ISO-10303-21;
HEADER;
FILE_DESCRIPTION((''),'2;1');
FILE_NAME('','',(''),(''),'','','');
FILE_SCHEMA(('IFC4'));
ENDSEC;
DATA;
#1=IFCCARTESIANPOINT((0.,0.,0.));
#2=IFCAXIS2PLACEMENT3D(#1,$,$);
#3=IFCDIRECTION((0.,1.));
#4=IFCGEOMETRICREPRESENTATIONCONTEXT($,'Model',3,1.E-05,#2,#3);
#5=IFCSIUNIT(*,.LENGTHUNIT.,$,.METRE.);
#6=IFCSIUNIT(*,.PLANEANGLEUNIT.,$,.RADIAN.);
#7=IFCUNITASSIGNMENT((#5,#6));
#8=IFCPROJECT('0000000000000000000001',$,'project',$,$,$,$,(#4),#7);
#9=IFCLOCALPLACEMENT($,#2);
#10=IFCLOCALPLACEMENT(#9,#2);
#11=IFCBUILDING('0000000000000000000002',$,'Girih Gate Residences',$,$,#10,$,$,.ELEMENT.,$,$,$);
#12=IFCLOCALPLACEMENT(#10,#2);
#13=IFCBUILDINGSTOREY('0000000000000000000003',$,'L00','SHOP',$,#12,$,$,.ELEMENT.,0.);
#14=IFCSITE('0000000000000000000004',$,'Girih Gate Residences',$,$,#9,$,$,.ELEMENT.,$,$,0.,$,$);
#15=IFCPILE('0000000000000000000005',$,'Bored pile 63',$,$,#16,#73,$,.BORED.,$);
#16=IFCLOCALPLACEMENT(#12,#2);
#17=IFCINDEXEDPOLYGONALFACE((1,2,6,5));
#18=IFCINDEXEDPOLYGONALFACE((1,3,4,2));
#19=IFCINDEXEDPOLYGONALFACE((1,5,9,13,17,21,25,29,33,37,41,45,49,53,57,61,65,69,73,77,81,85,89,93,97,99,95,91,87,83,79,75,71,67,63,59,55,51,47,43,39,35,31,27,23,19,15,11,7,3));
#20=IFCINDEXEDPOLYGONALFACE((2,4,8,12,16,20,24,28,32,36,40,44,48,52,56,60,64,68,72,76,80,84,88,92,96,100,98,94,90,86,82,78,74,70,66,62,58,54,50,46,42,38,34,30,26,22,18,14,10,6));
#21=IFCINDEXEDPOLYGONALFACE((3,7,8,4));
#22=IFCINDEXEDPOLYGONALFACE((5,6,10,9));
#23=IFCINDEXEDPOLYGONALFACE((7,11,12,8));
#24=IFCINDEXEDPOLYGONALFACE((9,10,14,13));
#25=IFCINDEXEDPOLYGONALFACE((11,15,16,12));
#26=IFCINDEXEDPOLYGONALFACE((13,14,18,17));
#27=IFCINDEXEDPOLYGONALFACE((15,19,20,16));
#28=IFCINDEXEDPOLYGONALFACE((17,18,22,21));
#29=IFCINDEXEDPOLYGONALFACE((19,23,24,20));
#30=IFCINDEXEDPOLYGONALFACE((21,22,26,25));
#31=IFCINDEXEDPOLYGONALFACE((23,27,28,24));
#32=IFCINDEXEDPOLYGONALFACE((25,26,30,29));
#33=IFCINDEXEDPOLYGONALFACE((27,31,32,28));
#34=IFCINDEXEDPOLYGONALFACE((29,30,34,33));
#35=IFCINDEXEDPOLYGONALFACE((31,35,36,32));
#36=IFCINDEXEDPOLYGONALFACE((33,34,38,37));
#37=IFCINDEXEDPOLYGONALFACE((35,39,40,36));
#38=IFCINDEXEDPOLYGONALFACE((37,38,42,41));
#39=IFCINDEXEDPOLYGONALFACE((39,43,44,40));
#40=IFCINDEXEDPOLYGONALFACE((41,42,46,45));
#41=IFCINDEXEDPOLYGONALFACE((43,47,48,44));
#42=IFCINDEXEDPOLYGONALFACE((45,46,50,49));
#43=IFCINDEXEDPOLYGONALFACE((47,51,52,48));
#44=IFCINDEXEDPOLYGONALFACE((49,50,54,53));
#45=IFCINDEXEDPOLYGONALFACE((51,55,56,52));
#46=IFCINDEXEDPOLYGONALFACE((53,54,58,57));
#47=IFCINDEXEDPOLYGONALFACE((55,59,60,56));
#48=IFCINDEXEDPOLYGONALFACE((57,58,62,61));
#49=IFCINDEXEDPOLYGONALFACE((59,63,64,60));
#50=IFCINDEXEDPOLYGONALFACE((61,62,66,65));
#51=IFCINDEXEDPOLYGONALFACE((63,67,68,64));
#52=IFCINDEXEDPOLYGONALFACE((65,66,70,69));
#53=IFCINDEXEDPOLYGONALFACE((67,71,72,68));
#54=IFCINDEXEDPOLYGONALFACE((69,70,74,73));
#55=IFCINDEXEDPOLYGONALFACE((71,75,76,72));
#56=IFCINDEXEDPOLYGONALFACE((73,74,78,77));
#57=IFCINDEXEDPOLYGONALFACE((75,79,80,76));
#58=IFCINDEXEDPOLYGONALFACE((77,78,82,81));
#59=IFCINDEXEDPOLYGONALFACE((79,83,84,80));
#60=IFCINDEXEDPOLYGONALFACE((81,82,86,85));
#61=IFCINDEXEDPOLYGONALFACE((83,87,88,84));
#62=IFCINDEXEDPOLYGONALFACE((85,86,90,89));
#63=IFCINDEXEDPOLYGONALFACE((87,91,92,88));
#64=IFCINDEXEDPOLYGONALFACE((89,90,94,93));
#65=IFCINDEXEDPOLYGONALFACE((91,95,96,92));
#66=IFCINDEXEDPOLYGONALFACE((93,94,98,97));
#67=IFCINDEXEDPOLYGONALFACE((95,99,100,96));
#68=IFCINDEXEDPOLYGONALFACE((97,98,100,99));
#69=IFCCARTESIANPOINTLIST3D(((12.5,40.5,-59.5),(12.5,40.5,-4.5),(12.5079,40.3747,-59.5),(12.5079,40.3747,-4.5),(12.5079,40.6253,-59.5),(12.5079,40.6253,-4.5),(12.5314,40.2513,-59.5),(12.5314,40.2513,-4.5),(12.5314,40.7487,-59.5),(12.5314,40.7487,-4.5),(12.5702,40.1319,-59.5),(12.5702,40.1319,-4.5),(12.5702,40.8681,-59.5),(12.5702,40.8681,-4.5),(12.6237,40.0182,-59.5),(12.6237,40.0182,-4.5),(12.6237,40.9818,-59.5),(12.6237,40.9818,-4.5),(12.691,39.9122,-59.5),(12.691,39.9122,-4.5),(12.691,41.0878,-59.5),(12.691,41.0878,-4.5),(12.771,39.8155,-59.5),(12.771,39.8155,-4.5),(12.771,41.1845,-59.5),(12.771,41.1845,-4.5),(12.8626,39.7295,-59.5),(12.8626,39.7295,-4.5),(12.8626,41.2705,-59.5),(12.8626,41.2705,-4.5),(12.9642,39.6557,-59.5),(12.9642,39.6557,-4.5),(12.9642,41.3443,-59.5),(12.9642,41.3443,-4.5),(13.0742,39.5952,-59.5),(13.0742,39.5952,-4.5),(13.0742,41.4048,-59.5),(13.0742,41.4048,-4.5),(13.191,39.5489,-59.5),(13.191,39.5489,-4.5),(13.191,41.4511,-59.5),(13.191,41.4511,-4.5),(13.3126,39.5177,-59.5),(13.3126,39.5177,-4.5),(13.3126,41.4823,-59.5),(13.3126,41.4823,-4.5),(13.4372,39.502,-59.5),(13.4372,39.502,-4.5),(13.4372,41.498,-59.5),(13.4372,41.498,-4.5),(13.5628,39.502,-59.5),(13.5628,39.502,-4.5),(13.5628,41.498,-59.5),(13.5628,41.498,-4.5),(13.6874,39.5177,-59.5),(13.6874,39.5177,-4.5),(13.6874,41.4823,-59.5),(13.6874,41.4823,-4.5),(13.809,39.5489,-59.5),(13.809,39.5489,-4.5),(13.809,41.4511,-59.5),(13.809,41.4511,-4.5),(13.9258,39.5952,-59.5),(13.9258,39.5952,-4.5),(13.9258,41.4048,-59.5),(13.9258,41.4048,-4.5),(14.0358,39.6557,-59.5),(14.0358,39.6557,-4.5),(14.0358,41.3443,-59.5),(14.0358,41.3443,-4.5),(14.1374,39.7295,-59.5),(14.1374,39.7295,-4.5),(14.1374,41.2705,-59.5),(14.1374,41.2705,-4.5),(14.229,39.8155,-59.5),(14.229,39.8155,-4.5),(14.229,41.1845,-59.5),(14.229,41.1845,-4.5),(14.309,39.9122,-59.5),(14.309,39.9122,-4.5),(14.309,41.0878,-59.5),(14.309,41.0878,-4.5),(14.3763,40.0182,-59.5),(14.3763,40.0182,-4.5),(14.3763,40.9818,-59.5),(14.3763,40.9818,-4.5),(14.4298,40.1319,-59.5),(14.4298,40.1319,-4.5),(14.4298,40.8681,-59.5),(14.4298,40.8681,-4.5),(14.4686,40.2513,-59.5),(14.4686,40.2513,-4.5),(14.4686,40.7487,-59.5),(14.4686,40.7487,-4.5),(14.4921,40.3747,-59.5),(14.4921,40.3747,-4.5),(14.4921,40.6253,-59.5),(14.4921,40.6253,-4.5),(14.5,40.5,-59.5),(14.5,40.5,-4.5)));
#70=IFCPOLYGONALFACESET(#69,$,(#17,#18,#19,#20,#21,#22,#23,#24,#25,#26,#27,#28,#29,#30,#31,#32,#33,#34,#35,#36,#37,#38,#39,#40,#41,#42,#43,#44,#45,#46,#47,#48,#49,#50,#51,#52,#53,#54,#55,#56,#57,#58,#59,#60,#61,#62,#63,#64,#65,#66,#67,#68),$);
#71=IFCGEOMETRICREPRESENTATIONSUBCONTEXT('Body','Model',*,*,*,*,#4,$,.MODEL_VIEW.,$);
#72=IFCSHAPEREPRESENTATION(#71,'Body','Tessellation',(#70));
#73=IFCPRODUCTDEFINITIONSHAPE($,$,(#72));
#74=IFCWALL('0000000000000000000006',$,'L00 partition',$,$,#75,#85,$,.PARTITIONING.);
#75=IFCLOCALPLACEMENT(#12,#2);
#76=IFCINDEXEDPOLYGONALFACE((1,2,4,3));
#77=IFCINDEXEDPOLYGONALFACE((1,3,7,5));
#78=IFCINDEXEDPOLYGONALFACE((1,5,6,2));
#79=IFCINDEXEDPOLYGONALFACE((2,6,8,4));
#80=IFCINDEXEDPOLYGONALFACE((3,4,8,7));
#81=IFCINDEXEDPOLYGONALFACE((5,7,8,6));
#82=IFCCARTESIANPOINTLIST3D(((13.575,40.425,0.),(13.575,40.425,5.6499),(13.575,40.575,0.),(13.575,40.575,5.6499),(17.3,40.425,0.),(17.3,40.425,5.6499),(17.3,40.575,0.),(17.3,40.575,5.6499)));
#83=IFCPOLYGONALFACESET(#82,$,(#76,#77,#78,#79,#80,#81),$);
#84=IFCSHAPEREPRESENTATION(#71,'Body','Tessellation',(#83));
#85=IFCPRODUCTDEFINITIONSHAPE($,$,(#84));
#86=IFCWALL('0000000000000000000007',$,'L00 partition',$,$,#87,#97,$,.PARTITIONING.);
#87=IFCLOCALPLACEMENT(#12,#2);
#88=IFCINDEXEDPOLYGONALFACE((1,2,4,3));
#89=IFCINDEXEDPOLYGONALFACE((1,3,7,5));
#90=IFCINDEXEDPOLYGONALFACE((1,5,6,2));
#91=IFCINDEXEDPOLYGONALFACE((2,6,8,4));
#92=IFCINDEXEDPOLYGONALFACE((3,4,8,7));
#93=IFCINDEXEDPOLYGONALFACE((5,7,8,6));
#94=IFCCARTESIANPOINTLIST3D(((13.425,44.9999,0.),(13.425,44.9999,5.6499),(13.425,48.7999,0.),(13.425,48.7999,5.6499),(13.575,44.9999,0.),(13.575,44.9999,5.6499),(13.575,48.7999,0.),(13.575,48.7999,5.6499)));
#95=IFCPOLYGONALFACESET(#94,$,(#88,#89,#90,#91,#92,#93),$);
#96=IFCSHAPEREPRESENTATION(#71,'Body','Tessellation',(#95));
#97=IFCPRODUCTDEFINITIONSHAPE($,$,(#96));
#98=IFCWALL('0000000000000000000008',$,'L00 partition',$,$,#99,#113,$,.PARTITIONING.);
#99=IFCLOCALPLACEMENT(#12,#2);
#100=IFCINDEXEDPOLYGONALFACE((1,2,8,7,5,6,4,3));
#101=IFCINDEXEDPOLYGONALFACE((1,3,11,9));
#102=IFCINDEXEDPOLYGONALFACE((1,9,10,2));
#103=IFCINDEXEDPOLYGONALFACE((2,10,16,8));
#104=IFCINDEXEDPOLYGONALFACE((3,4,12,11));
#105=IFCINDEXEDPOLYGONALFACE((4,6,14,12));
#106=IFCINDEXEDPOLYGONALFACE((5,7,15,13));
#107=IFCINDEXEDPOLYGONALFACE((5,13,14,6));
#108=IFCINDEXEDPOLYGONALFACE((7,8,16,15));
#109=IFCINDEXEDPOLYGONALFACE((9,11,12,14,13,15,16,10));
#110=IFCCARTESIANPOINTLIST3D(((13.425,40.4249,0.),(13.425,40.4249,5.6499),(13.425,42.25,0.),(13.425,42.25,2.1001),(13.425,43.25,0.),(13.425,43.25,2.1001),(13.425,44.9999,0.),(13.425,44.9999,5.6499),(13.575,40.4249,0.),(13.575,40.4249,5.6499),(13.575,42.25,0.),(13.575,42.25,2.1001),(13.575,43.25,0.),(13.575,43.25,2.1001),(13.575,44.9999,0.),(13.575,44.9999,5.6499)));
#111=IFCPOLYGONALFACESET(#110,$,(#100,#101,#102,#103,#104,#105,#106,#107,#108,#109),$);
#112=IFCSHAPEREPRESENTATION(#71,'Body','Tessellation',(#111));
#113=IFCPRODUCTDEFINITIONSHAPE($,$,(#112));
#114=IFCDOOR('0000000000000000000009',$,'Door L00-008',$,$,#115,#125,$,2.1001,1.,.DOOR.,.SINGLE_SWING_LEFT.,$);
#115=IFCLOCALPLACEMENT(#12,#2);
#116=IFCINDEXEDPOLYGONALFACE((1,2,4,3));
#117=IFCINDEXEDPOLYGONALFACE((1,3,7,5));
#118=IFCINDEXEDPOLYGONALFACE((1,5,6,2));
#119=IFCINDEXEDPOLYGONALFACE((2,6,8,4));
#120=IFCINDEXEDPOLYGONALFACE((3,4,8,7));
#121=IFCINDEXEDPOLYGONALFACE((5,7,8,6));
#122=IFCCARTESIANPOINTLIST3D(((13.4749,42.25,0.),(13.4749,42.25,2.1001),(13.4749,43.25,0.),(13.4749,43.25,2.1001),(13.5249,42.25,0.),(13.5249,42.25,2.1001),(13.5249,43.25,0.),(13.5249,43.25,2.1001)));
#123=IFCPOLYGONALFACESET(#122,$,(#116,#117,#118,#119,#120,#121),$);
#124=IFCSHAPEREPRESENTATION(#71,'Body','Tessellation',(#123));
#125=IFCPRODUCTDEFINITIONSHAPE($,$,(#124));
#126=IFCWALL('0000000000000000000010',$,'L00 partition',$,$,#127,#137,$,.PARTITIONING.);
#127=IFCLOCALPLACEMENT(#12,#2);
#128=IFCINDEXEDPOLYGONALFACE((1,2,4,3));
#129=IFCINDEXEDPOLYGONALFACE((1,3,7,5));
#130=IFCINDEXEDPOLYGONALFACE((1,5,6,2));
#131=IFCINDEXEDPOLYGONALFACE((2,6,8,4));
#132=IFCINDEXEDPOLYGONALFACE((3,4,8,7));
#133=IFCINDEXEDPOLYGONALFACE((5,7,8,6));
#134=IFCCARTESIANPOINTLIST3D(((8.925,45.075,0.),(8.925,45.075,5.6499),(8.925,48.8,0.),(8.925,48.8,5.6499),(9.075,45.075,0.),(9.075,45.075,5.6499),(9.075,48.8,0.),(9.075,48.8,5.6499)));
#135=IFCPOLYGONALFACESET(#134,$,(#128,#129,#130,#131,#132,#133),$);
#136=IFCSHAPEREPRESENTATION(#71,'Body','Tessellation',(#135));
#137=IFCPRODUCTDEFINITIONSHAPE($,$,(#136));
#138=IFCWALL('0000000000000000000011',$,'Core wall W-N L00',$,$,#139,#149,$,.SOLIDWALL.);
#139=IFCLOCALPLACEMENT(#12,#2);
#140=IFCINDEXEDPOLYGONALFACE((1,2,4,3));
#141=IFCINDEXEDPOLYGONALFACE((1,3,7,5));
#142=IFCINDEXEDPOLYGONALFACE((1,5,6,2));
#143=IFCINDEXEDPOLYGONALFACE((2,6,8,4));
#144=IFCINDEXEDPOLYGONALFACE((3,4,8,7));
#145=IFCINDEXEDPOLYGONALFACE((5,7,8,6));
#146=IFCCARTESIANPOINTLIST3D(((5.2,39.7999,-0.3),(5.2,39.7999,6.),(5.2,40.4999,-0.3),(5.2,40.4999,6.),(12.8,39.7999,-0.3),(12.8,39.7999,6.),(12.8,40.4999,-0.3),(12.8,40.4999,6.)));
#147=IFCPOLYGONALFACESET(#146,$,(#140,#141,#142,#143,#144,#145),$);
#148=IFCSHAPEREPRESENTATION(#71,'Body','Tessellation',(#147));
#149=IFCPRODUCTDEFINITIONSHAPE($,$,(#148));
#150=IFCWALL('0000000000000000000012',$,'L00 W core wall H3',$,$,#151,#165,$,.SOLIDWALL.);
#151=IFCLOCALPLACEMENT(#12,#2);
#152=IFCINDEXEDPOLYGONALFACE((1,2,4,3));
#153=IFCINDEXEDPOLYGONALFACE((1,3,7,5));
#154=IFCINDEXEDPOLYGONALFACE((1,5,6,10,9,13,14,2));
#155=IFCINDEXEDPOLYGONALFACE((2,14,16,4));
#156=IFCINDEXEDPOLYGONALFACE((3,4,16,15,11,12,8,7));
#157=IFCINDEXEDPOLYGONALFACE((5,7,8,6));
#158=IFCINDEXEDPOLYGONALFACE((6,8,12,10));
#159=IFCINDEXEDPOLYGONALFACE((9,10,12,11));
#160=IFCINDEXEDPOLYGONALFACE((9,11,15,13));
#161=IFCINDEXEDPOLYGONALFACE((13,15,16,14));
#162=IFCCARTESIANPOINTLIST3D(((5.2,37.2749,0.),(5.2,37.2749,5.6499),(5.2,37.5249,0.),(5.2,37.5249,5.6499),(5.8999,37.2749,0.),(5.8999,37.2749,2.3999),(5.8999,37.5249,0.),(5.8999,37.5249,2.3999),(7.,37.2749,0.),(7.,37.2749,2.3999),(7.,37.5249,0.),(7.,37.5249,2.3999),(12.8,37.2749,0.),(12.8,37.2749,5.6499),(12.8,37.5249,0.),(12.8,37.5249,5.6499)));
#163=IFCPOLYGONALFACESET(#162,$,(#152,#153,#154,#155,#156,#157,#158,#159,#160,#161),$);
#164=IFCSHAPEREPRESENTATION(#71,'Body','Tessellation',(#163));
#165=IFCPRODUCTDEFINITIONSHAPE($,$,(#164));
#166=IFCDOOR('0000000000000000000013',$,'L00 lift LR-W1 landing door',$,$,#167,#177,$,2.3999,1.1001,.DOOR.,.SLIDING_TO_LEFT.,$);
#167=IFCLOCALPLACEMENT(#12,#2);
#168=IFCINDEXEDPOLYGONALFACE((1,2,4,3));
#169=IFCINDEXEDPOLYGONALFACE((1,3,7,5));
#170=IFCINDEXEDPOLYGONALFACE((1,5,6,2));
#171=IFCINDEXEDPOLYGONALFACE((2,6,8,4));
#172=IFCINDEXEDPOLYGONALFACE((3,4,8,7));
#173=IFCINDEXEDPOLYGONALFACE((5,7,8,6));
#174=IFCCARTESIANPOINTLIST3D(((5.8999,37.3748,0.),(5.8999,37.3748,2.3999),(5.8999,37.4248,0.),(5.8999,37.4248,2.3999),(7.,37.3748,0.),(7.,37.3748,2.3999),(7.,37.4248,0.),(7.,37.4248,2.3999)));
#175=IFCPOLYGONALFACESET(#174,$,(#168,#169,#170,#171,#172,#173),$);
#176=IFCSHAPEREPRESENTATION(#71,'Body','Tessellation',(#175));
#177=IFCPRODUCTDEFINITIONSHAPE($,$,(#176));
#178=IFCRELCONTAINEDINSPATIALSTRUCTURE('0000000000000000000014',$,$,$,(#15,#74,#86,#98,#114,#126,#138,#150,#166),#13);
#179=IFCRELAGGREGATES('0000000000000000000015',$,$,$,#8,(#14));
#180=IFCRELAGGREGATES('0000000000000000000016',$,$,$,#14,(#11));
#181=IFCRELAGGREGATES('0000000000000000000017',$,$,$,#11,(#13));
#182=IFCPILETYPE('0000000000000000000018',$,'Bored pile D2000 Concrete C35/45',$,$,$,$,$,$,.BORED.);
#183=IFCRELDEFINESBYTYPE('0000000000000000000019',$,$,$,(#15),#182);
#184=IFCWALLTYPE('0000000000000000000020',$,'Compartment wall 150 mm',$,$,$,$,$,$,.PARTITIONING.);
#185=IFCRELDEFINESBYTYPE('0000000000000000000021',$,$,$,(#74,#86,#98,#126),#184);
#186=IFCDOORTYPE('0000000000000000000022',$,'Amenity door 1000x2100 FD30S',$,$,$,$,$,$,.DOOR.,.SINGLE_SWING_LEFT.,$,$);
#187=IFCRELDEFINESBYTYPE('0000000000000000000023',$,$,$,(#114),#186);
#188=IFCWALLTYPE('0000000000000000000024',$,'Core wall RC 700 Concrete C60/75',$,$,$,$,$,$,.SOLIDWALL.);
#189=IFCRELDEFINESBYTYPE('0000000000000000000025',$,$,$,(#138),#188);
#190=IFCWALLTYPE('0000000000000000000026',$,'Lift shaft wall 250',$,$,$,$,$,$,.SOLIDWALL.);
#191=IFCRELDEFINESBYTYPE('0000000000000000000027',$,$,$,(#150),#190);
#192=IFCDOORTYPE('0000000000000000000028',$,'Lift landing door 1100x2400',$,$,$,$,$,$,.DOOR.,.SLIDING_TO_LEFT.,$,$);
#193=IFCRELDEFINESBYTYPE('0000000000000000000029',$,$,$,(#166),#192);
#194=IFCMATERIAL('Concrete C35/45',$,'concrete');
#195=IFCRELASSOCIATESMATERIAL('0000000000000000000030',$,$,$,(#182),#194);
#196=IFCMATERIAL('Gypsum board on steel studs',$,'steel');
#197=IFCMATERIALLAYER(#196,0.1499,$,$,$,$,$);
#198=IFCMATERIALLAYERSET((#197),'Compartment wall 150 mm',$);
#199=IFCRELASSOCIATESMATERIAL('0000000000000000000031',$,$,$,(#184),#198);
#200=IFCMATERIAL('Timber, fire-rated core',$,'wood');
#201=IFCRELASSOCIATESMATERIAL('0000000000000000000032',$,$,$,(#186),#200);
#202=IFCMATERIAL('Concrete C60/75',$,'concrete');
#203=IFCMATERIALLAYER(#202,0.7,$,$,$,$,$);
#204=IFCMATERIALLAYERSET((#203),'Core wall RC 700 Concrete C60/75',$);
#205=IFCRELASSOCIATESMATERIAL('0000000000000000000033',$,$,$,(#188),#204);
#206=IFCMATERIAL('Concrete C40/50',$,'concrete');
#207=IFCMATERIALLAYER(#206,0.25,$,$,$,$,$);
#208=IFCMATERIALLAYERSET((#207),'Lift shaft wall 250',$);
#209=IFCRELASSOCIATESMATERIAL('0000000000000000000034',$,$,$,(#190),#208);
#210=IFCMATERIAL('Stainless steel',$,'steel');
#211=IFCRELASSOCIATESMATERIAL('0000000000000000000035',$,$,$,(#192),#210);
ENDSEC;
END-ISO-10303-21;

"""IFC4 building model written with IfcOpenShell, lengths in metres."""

from ifc_helpers import new_model, si_unit, direction, frame, frame_2d, origin, origin_2d, place, context, subcontext, project, spatial, rectangle, circle, extrude, material, layer, layer_set, material_profile, profile_set, type_object, element, fill, save


model = new_model("IFC4")

# Units and contexts
model_context = context("Model", 3, precision=1e-05, world=origin(), true_north=direction((0.0, 1.0)))
body_context = subcontext(model_context, "Body", "Model", "MODEL_VIEW")
ifc_project = project(units=[si_unit("LENGTHUNIT", "METRE"), si_unit("PLANEANGLEUNIT", "RADIAN")], contexts=[model_context])

# Site, building, storey
site_placement = place(None, origin())
site = spatial("IfcSite", under=ifc_project, at=site_placement, Name="Girih Gate Residences", CompositionType="ELEMENT", RefElevation=0.0)
building_placement = place(site_placement, origin())
building = spatial("IfcBuilding", under=site, at=building_placement, Name="Girih Gate Residences", CompositionType="ELEMENT")
storey_placement = place(building_placement, origin())
storey = spatial("IfcBuildingStorey", under=building, at=storey_placement, Name="L00", Description="SHOP", CompositionType="ELEMENT", Elevation=0.0)

# Pile
ifc_material_1 = material(Name="Concrete C35/45", Category="concrete")
ifc_material_profile = material_profile(ifc_material_1, circle(Radius=1.0, at=origin_2d()))
ifc_profile_set = profile_set([ifc_material_profile], Name="Concrete C35/45")
pile_type = type_object("IfcPileType", Name="Bored pile D2000 Concrete C35/45", PredefinedType="BORED", material=ifc_profile_set)
for number, where, z_axis, x_axis, name in (
    (1, (13.5, 40.5, -4.5), (0.0, 0.0, -1.0), (1.0, 0.0, 0.0), "Bored pile 63"),
):
    element("IfcPile", number, at=place(storey_placement, frame(where, z_axis=z_axis, x_axis=x_axis)), inside=storey, type_object=pile_type, Name=name, PredefinedType="BORED", context=body_context, shape_type="SweptSolid", body=[
        extrude(circle(Radius=1.0, at=origin_2d()), origin(), (0.0, 0.0, 1.0), 55.0),
    ])

# Walls
ifc_material_2 = material(Name="Gypsum board on steel studs", Category="steel")
ifc_layer_1 = layer(ifc_material_2, 0.1499)
ifc_layer_set_1 = layer_set([ifc_layer_1], Name="Compartment wall 150 mm")
wall_type_1 = type_object("IfcWallType", Name="Compartment wall 150 mm", PredefinedType="PARTITIONING", material=ifc_layer_set_1)
wall_1_placement = place(storey_placement, frame((13.575, 40.5, 0.0), z_axis=(0.0, 0.0, 1.0), x_axis=(1.0, 0.0, 0.0)))
element("IfcWall", 2, at=wall_1_placement, inside=storey, type_object=wall_type_1, Name="L00 partition", PredefinedType="PARTITIONING", context=body_context, shape_type="SweptSolid", body=[
    extrude(rectangle(XDim=3.7251, YDim=0.1499, at=frame_2d((1.8625, 0.0))), origin(), (0.0, 0.0, 1.0), 5.6499),
])
wall_2_placement = place(storey_placement, frame((13.5, 45.0, 0.0), z_axis=(0.0, 0.0, 1.0), x_axis=(0.0, 1.0, 0.0)))
element("IfcWall", 3, at=wall_2_placement, inside=storey, type_object=wall_type_1, Name="L00 partition", PredefinedType="PARTITIONING", context=body_context, shape_type="SweptSolid", body=[
    extrude(rectangle(XDim=3.8, YDim=0.1499, at=frame_2d((1.8999, 0.0))), origin(), (0.0, 0.0, 1.0), 5.6499),
])

# Wall, opening, door
wall_3_placement = place(storey_placement, frame((13.5, 45.0, 0.0), z_axis=(0.0, 0.0, 1.0), x_axis=(0.0, -1.0, 0.0)))
wall_3 = element("IfcWall", 4, at=wall_3_placement, inside=storey, type_object=wall_type_1, Name="L00 partition", PredefinedType="PARTITIONING", context=body_context, shape_type="SweptSolid", body=[
    extrude(rectangle(XDim=4.575, YDim=0.1499, at=frame_2d((2.2876, 0.0))), origin(), (0.0, 0.0, 1.0), 5.6499),
])
opening_1_placement = place(wall_3_placement, frame((1.75, 0.0, 0.0)))
opening_1 = element("IfcOpeningElement", 5, at=opening_1_placement, cuts=wall_3, PredefinedType="OPENING", context=body_context, shape_type="SweptSolid", body=[
    extrude(rectangle(XDim=1.0, YDim=2.1001, at=frame_2d((0.5, 1.05))), frame((0.0, 0.085, 0.0), z_axis=(0.0, -1.0, 0.0), x_axis=(1.0, 0.0, 0.0)), (0.0, 0.0, 1.0), 0.1699),
])
ifc_material_3 = material(Name="Timber, fire-rated core", Category="wood")
door_type_1 = type_object("IfcDoorType", Name="Amenity door 1000x2100 FD30S", OperationType="SINGLE_SWING_LEFT", PredefinedType="DOOR", material=ifc_material_3)
door_1_placement = place(opening_1_placement, origin())
door_1 = element("IfcDoor", 6, at=door_1_placement, inside=storey, type_object=door_type_1, Name="Door L00-008", OperationType="SINGLE_SWING_LEFT", OverallHeight=2.1001, OverallWidth=1.0, PredefinedType="DOOR", context=body_context, shape_type="SweptSolid", body=[
    extrude(rectangle(XDim=1.0, YDim=2.1001, at=frame_2d((0.5, 1.05))), frame((0.0, 0.0249, 0.0), z_axis=(0.0, -1.0, 0.0), x_axis=(1.0, 0.0, 0.0)), (0.0, 0.0, 1.0), 0.05),
])
fill(opening_1, door_1)

# Walls
wall_4_placement = place(storey_placement, frame((9.0, 45.075, 0.0), z_axis=(0.0, 0.0, 1.0), x_axis=(0.0, 1.0, 0.0)))
element("IfcWall", 7, at=wall_4_placement, inside=storey, type_object=wall_type_1, Name="L00 partition", PredefinedType="PARTITIONING", context=body_context, shape_type="SweptSolid", body=[
    extrude(rectangle(XDim=3.7251, YDim=0.1499, at=frame_2d((1.8625, 0.0))), origin(), (0.0, 0.0, 1.0), 5.6499),
])
ifc_material_4 = material(Name="Concrete C60/75", Category="concrete")
ifc_layer_2 = layer(ifc_material_4, 0.7)
ifc_layer_set_2 = layer_set([ifc_layer_2], Name="Core wall RC 700 Concrete C60/75")
wall_type_2 = type_object("IfcWallType", Name="Core wall RC 700 Concrete C60/75", PredefinedType="SOLIDWALL", material=ifc_layer_set_2)
wall_5_placement = place(storey_placement, frame((5.2, 40.1499, -0.3), z_axis=(0.0, 0.0, 1.0), x_axis=(1.0, 0.0, 0.0)))
element("IfcWall", 8, at=wall_5_placement, inside=storey, type_object=wall_type_2, Name="Core wall W-N L00", PredefinedType="SOLIDWALL", context=body_context, shape_type="SweptSolid", body=[
    extrude(rectangle(XDim=7.6001, YDim=0.7, at=frame_2d((3.8, 0.0))), origin(), (0.0, 0.0, 1.0), 6.3),
])

# Wall, opening, door
ifc_material_5 = material(Name="Concrete C40/50", Category="concrete")
ifc_layer_3 = layer(ifc_material_5, 0.25)
ifc_layer_set_3 = layer_set([ifc_layer_3], Name="Lift shaft wall 250")
wall_type_3 = type_object("IfcWallType", Name="Lift shaft wall 250", PredefinedType="SOLIDWALL", material=ifc_layer_set_3)
wall_6_placement = place(storey_placement, frame((5.2, 37.3999, 0.0), z_axis=(0.0, 0.0, 1.0), x_axis=(1.0, 0.0, 0.0)))
wall_6 = element("IfcWall", 9, at=wall_6_placement, inside=storey, type_object=wall_type_3, Name="L00 W core wall H3", PredefinedType="SOLIDWALL", context=body_context, shape_type="SweptSolid", body=[
    extrude(rectangle(XDim=7.6001, YDim=0.25, at=frame_2d((3.8, 0.0))), origin(), (0.0, 0.0, 1.0), 5.6499),
])
opening_2_placement = place(wall_6_placement, frame((0.7, 0.0, 0.0)))
opening_2 = element("IfcOpeningElement", 10, at=opening_2_placement, cuts=wall_6, PredefinedType="OPENING", context=body_context, shape_type="SweptSolid", body=[
    extrude(rectangle(XDim=1.1001, YDim=2.3999, at=frame_2d((0.55, 1.2))), frame((0.0, 0.135, 0.0), z_axis=(0.0, -1.0, 0.0), x_axis=(1.0, 0.0, 0.0)), (0.0, 0.0, 1.0), 0.27),
])
ifc_material_6 = material(Name="Stainless steel", Category="steel")
door_type_2 = type_object("IfcDoorType", Name="Lift landing door 1100x2400", OperationType="SLIDING_TO_LEFT", PredefinedType="DOOR", material=ifc_material_6)
door_2_placement = place(opening_2_placement, origin())
door_2 = element("IfcDoor", 11, at=door_2_placement, inside=storey, type_object=door_type_2, Name="L00 lift LR-W1 landing door", OperationType="SLIDING_TO_LEFT", OverallHeight=2.3999, OverallWidth=1.1001, PredefinedType="DOOR", context=body_context, shape_type="SweptSolid", body=[
    extrude(rectangle(XDim=1.1001, YDim=2.3999, at=frame_2d((0.55, 1.2))), frame((0.0, 0.0249, 0.0), z_axis=(0.0, -1.0, 0.0), x_axis=(1.0, 0.0, 0.0)), (0.0, 0.0, 1.0), 0.05),
])
fill(opening_2, door_2)

save(model, "model.ifc")
